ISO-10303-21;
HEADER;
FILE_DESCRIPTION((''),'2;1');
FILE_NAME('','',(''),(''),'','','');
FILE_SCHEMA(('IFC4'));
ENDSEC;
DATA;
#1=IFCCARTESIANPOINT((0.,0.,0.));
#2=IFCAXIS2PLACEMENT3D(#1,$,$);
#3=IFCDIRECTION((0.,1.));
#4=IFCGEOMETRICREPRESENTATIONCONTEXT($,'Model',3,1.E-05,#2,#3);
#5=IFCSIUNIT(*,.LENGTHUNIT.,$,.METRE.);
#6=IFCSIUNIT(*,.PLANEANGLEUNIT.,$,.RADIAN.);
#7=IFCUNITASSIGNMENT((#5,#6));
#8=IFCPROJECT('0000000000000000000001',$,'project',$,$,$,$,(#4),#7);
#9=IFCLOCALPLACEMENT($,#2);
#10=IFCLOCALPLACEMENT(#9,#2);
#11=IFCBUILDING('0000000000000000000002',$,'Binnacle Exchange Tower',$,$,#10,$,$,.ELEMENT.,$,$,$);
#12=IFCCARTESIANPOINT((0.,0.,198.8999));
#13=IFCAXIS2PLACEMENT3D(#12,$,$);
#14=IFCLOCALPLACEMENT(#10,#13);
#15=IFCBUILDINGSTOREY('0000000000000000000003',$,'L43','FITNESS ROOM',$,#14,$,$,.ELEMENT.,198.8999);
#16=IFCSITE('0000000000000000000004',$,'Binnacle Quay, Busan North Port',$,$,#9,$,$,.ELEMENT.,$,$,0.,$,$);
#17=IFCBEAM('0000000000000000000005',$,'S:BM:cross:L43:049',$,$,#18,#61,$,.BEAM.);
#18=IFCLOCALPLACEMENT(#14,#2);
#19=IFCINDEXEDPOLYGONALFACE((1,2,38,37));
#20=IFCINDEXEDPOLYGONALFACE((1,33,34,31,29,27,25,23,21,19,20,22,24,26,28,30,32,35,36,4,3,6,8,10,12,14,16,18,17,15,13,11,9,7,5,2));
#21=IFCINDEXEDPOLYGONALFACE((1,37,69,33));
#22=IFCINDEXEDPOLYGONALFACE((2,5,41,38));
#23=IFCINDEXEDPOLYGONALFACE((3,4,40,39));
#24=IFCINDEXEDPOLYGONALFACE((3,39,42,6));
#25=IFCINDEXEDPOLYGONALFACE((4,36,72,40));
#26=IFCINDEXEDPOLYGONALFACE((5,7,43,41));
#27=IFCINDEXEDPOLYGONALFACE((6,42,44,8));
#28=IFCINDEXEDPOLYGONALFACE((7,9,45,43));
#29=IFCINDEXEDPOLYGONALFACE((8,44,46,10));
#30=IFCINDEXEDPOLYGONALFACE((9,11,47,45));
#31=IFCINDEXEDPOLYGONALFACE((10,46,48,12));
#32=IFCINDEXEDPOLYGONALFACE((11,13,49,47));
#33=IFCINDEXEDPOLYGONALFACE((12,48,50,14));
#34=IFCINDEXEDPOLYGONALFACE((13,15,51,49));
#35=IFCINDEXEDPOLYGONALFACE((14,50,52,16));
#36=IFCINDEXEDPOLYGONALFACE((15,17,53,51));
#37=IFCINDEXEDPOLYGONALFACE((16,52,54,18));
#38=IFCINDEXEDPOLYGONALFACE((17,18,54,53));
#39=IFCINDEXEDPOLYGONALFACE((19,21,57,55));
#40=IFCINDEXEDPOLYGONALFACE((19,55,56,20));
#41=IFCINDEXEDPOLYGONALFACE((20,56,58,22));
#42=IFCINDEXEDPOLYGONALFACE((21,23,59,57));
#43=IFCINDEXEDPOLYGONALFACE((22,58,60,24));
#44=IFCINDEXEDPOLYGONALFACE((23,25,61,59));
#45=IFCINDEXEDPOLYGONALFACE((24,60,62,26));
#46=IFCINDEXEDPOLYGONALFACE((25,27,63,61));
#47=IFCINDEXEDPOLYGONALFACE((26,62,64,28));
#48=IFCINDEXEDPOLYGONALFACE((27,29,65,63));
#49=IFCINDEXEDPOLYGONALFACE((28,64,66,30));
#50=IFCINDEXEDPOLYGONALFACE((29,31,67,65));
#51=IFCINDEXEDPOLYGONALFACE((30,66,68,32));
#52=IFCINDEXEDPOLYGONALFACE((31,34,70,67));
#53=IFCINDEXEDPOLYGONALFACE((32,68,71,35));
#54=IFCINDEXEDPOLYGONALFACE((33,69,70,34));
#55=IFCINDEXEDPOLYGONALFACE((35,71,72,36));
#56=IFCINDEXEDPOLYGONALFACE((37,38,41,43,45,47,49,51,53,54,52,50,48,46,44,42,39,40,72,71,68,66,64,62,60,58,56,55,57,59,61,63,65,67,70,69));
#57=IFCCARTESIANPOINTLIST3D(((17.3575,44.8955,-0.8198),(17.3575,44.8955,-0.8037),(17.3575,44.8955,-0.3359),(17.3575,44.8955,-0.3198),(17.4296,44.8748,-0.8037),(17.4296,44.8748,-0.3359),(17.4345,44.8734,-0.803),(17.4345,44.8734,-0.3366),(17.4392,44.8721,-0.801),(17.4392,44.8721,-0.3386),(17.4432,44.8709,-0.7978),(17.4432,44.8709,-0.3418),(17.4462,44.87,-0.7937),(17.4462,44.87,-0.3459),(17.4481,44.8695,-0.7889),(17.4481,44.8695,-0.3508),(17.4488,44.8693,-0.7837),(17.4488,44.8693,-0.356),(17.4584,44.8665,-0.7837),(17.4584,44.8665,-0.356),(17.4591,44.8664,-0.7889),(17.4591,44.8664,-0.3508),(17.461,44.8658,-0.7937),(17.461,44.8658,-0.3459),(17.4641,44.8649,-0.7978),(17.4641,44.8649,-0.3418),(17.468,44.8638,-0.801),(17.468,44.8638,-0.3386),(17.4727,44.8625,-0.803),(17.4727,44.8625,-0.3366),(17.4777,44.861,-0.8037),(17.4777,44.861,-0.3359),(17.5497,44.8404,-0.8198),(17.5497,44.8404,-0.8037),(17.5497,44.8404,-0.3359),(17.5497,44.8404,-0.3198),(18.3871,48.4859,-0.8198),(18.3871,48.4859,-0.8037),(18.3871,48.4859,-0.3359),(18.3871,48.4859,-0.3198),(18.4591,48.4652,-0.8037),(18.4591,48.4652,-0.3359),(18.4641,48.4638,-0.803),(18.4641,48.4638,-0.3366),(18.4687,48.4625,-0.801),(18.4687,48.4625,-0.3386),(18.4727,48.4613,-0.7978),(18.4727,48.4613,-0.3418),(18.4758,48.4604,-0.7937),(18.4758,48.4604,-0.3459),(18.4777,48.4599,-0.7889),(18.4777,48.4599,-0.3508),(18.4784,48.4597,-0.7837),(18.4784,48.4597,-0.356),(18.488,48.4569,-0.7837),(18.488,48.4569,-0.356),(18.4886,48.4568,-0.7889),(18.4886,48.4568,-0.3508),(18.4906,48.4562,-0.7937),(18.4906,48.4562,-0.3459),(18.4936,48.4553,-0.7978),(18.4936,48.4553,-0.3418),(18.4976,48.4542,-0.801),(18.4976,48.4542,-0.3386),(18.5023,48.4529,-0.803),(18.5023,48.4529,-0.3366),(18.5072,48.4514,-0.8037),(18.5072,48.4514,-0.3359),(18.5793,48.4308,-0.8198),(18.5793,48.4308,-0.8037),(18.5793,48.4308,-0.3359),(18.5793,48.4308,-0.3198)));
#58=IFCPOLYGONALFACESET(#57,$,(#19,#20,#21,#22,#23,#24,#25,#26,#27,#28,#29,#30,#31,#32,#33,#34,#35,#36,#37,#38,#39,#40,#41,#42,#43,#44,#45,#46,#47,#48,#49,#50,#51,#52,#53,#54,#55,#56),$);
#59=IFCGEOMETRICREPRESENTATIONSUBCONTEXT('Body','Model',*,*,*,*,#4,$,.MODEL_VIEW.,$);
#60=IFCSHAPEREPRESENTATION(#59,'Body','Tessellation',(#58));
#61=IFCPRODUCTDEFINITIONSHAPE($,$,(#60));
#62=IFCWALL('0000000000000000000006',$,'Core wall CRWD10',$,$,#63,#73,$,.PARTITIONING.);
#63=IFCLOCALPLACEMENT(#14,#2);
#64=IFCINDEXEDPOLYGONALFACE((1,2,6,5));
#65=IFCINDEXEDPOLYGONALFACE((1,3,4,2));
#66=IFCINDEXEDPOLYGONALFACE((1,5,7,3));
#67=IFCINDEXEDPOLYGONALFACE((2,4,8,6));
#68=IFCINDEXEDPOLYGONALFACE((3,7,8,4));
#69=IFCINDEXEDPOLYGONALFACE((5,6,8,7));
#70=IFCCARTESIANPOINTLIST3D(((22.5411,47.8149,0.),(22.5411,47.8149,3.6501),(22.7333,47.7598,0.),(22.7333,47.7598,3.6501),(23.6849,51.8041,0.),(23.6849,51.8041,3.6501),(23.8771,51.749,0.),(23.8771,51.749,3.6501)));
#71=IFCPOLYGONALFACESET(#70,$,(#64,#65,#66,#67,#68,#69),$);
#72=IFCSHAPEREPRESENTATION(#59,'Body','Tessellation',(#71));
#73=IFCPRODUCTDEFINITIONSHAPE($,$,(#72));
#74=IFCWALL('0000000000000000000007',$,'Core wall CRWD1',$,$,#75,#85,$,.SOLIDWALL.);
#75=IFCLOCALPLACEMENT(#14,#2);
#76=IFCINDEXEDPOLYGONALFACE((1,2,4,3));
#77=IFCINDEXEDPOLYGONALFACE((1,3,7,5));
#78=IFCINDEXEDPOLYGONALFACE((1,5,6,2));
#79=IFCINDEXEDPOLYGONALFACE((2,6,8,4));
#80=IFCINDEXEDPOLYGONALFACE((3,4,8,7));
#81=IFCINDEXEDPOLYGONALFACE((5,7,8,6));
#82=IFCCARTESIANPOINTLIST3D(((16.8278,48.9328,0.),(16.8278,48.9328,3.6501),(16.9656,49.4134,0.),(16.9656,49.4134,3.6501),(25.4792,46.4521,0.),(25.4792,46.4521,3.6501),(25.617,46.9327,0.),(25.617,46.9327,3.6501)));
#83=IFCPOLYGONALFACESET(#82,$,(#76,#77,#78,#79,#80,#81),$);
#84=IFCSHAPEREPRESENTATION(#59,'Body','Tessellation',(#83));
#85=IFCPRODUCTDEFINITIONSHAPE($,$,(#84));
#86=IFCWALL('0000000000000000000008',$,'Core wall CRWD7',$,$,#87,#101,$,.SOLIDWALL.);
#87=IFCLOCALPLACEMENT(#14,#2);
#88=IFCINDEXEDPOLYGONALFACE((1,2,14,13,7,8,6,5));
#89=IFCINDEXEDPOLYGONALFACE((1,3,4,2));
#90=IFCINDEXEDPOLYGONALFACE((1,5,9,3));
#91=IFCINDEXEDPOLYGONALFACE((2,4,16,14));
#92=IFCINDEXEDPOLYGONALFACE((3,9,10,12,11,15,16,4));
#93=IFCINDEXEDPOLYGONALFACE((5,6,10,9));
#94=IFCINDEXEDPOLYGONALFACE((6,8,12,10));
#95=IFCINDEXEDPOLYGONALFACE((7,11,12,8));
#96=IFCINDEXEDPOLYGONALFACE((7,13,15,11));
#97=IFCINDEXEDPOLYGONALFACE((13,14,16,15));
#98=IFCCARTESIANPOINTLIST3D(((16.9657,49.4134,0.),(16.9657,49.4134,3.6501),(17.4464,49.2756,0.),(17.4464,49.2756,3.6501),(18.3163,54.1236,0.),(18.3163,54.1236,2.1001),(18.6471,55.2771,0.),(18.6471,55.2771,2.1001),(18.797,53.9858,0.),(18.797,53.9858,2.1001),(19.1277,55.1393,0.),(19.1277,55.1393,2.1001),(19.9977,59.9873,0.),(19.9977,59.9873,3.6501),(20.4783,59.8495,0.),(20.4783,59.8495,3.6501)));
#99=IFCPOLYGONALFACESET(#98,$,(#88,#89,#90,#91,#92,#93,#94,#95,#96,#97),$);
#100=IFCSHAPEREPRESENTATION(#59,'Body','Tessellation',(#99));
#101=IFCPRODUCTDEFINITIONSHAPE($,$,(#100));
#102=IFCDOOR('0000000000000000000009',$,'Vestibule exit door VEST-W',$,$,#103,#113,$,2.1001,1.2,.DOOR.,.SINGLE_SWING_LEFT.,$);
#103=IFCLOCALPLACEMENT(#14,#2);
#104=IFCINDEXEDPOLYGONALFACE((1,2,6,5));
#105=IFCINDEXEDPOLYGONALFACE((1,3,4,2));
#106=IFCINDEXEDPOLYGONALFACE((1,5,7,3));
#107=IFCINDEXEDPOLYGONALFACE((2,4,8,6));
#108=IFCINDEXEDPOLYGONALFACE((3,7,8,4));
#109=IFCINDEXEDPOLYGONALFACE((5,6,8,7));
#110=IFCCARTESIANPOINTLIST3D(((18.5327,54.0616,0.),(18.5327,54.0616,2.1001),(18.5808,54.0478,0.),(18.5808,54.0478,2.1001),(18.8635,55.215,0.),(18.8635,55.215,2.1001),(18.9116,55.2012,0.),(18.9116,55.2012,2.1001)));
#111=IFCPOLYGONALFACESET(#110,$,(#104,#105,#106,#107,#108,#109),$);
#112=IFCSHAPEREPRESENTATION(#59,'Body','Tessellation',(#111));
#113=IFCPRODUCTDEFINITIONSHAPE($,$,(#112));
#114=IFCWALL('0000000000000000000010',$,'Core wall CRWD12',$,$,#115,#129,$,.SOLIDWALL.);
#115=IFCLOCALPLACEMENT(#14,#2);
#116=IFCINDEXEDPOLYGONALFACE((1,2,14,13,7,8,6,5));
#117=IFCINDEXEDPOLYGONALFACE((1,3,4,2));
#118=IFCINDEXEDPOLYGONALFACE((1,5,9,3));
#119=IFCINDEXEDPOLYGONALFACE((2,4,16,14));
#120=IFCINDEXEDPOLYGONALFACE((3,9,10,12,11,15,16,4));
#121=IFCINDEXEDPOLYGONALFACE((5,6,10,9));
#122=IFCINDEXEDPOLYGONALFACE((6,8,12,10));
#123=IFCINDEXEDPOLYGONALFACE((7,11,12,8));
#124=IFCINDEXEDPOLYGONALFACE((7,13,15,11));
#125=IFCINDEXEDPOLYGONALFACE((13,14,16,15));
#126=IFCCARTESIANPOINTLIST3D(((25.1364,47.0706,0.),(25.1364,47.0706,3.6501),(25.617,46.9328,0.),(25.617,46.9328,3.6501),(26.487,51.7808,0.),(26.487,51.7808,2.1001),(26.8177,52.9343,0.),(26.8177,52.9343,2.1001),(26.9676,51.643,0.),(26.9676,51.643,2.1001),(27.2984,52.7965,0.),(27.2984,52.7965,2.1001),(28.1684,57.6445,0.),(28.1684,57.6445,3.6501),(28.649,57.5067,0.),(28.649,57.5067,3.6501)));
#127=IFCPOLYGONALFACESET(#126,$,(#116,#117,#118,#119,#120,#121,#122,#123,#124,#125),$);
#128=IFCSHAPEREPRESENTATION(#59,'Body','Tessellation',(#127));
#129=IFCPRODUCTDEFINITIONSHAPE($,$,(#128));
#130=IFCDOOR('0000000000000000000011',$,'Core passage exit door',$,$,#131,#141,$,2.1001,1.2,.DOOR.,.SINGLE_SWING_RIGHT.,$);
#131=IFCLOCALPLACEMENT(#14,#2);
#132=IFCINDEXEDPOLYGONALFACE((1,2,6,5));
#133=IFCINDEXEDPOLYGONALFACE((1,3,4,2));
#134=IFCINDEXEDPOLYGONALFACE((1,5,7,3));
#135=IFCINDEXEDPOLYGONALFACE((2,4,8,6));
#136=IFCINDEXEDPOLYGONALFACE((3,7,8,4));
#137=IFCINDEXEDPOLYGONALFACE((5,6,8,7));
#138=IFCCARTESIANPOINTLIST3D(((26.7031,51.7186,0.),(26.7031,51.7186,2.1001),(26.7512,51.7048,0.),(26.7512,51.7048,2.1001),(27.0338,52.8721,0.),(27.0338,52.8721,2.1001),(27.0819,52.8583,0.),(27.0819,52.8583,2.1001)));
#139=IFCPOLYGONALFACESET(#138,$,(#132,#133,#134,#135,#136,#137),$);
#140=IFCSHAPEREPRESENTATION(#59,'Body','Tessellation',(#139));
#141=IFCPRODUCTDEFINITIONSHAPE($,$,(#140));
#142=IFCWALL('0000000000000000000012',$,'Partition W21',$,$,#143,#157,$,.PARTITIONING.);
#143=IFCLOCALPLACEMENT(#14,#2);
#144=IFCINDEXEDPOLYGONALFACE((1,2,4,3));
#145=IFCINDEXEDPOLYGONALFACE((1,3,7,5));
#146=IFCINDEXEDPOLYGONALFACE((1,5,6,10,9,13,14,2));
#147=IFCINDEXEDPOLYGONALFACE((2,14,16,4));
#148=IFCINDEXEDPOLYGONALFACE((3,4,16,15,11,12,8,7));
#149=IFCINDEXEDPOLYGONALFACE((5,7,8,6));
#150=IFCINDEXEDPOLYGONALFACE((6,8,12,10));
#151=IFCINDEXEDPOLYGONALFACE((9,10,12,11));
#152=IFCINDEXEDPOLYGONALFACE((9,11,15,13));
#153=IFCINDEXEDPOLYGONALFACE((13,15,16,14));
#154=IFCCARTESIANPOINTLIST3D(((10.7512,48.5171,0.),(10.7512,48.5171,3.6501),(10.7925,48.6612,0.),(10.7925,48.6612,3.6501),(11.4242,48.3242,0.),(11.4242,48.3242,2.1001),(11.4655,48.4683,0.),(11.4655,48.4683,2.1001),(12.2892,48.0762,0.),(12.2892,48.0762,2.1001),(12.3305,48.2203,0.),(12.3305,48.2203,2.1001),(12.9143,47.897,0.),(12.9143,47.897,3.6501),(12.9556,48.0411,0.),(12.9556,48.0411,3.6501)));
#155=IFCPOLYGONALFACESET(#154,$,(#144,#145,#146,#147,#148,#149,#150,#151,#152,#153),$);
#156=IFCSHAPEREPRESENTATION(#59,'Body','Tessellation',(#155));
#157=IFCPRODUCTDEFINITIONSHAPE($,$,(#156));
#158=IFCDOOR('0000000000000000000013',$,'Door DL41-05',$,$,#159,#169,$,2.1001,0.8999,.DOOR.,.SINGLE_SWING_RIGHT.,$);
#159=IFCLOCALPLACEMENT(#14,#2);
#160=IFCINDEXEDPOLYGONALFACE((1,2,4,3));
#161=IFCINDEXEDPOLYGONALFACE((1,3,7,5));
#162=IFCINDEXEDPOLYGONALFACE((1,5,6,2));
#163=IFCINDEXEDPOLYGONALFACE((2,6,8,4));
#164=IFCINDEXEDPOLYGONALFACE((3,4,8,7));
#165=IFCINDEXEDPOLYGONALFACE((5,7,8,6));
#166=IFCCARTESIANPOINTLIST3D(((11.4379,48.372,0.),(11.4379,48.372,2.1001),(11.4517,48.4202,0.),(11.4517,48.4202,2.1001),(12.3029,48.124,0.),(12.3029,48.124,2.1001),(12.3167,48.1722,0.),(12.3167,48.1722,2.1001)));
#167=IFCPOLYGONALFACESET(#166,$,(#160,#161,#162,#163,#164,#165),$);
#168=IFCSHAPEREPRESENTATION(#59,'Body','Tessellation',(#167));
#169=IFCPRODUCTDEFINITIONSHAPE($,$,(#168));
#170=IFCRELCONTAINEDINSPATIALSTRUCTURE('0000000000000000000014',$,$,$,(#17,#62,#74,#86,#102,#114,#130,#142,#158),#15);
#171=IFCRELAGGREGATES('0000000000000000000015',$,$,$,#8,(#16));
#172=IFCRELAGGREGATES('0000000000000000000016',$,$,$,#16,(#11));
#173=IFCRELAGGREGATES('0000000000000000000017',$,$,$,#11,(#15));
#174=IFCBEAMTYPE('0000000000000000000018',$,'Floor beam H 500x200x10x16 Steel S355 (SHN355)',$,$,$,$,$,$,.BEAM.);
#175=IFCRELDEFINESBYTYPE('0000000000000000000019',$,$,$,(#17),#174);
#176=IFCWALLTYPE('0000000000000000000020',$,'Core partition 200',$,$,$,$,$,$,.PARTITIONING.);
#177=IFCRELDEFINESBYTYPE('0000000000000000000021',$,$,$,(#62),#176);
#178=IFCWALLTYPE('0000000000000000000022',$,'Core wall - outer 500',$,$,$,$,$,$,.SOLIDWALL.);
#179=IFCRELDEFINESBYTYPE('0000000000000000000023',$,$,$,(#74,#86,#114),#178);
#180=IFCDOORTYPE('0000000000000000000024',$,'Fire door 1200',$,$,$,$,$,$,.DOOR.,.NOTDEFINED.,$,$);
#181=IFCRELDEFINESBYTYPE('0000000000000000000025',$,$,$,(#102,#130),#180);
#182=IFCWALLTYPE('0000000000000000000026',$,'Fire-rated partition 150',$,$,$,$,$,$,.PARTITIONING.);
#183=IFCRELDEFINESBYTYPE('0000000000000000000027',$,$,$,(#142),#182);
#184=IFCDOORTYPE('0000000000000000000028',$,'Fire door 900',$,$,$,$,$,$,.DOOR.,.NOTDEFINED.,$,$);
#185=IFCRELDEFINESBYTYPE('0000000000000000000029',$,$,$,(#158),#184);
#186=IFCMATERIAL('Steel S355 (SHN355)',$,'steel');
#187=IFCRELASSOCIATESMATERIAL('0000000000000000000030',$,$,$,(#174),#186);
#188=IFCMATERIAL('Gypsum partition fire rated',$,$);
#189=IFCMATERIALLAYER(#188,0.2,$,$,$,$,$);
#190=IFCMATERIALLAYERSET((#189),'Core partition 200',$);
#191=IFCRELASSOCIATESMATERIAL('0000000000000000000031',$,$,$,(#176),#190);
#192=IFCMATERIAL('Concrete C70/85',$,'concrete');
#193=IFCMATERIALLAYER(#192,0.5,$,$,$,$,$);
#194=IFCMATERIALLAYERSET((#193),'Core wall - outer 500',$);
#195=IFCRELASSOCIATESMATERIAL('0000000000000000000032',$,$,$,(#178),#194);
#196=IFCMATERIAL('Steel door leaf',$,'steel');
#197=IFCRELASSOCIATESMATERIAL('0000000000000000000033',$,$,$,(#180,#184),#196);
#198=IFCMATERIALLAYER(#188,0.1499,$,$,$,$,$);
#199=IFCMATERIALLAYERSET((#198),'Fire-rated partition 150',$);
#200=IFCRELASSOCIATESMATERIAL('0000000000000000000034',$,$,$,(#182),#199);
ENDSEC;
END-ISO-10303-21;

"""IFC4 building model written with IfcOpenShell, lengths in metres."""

from ifc_helpers import new_model, si_unit, direction, frame, frame_2d, origin, origin_2d, place, context, subcontext, project, spatial, rectangle, i_section, extrude, material, layer, layer_set, material_profile, profile_set, type_object, element, fill, save


model = new_model("IFC4")

# Units and contexts
model_context = context("Model", 3, precision=1e-05, world=origin(), true_north=direction((0.0, 1.0)))
body_context = subcontext(model_context, "Body", "Model", "MODEL_VIEW")
ifc_project = project(units=[si_unit("LENGTHUNIT", "METRE"), si_unit("PLANEANGLEUNIT", "RADIAN")], contexts=[model_context])

# Site, building, storey
site_placement = place(None, origin())
site = spatial("IfcSite", under=ifc_project, at=site_placement, Name="Binnacle Quay, Busan North Port", CompositionType="ELEMENT", RefElevation=0.0)
building_placement = place(site_placement, origin())
building = spatial("IfcBuilding", under=site, at=building_placement, Name="Binnacle Exchange Tower", CompositionType="ELEMENT")
storey_placement = place(building_placement, frame((0.0, 0.0, 198.8999)))
storey = spatial("IfcBuildingStorey", under=building, at=storey_placement, Name="L43", Description="FITNESS ROOM", CompositionType="ELEMENT", Elevation=198.8999)

# Beam
ifc_material_1 = material(Name="Steel S355 (SHN355)", Category="steel")
ifc_material_profile = material_profile(ifc_material_1, i_section(OverallWidth=0.2, OverallDepth=0.5, WebThickness=0.01, FlangeThickness=0.0161, FilletRadius=0.02, at=origin_2d()), Name="H 500x200x10x16")
ifc_profile_set = profile_set([ifc_material_profile], Name="Steel S355 (SHN355)")
beam_type = type_object("IfcBeamType", Name="Floor beam H 500x200x10x16 Steel S355 (SHN355)", PredefinedType="BEAM", material=ifc_profile_set)
beam_placement = place(storey_placement, frame((17.4536, 44.8679, -0.5698), z_axis=(0.275645, 0.96126, 0.0), x_axis=(-0.96126, 0.275645, 0.0)))
element("IfcBeam", 1, at=beam_placement, inside=storey, type_object=beam_type, Name="S:BM:cross:L43:049", PredefinedType="BEAM", context=body_context, shape_type="SweptSolid", body=[
    extrude(i_section(OverallWidth=0.2, OverallDepth=0.5, WebThickness=0.01, FlangeThickness=0.0161, FilletRadius=0.02, at=origin_2d()), origin(), (0.0, 0.0, 1.0), 3.7351),
])

# Walls
ifc_material_2 = material(Name="Gypsum partition fire rated")
ifc_layer_1 = layer(ifc_material_2, 0.2)
ifc_layer_set_1 = layer_set([ifc_layer_1], Name="Core partition 200")
wall_type_1 = type_object("IfcWallType", Name="Core partition 200", PredefinedType="PARTITIONING", material=ifc_layer_set_1)
wall_1_placement = place(storey_placement, frame((22.6372, 47.7874, 0.0), z_axis=(0.0, 0.0, 1.0), x_axis=(0.275615, 0.961268, 0.0)))
element("IfcWall", 2, at=wall_1_placement, inside=storey, type_object=wall_type_1, Name="Core wall CRWD10", PredefinedType="PARTITIONING", context=body_context, shape_type="SweptSolid", body=[
    extrude(rectangle(XDim=4.1499, YDim=0.2, at=frame_2d((2.075, 0.0))), origin(), (0.0, 0.0, 1.0), 3.6501),
])
ifc_material_3 = material(Name="Concrete C70/85", Category="concrete")
ifc_layer_2 = layer(ifc_material_3, 0.5)
ifc_layer_set_2 = layer_set([ifc_layer_2], Name="Core wall - outer 500")
wall_type_2 = type_object("IfcWallType", Name="Core wall - outer 500", PredefinedType="SOLIDWALL", material=ifc_layer_set_2)
wall_2_placement = place(storey_placement, frame((16.8967, 49.1731, 0.0), z_axis=(0.0, 0.0, 1.0), x_axis=(0.961262, -0.275635, 0.0)))
element("IfcWall", 3, at=wall_2_placement, inside=storey, type_object=wall_type_2, Name="Core wall CRWD1", PredefinedType="SOLIDWALL", context=body_context, shape_type="SweptSolid", body=[
    extrude(rectangle(XDim=9.0, YDim=0.5, at=frame_2d((4.5, 0.0))), origin(), (0.0, 0.0, 1.0), 3.6501),
])

# Walls, openings, doors
wall_3_placement = place(storey_placement, frame((17.2061, 49.3445, 0.0), z_axis=(0.0, 0.0, 1.0), x_axis=(0.275633, 0.961263, 0.0)))
wall_3 = element("IfcWall", 4, at=wall_3_placement, inside=storey, type_object=wall_type_2, Name="Core wall CRWD7", PredefinedType="SOLIDWALL", context=body_context, shape_type="SweptSolid", body=[
    extrude(rectangle(XDim=11.0, YDim=0.5, at=frame_2d((5.5, 0.0))), origin(), (0.0, 0.0, 1.0), 3.6501),
])
opening_1_placement = place(wall_3_placement, frame((4.8999, 0.0, 0.0)))
opening_1 = element("IfcOpeningElement", 5, at=opening_1_placement, cuts=wall_3, PredefinedType="OPENING", context=body_context, shape_type="SweptSolid", body=[
    extrude(rectangle(XDim=1.2, YDim=2.1001, at=frame_2d((0.6001, 1.05))), frame((0.0, 0.26, 0.0), z_axis=(0.0, -1.0, 0.0), x_axis=(1.0, 0.0, 0.0)), (0.0, 0.0, 1.0), 0.52),
])
ifc_material_4 = material(Name="Steel door leaf", Category="steel")
door_type_1 = type_object("IfcDoorType", Name="Fire door 1200", OperationType="NOTDEFINED", PredefinedType="DOOR", material=ifc_material_4)
door_1_placement = place(opening_1_placement, origin())
door_1 = element("IfcDoor", 6, at=door_1_placement, inside=storey, type_object=door_type_1, Name="Vestibule exit door VEST-W", OperationType="SINGLE_SWING_LEFT", OverallHeight=2.1001, OverallWidth=1.2, PredefinedType="DOOR", context=body_context, shape_type="SweptSolid", body=[
    extrude(rectangle(XDim=1.2, YDim=2.1001, at=frame_2d((0.6001, 1.05))), frame((0.0, 0.0249, 0.0), z_axis=(0.0, -1.0, 0.0), x_axis=(1.0, 0.0, 0.0)), (0.0, 0.0, 1.0), 0.05),
])
fill(opening_1, door_1)
wall_4_placement = place(storey_placement, frame((25.3767, 47.0017, 0.0), z_axis=(0.0, 0.0, 1.0), x_axis=(0.275633, 0.961263, 0.0)))
wall_4 = element("IfcWall", 7, at=wall_4_placement, inside=storey, type_object=wall_type_2, Name="Core wall CRWD12", PredefinedType="SOLIDWALL", context=body_context, shape_type="SweptSolid", body=[
    extrude(rectangle(XDim=11.0, YDim=0.5, at=frame_2d((5.5, 0.0))), origin(), (0.0, 0.0, 1.0), 3.6501),
])
opening_2_placement = place(wall_4_placement, frame((4.8999, 0.0, 0.0)))
opening_2 = element("IfcOpeningElement", 8, at=opening_2_placement, cuts=wall_4, PredefinedType="OPENING", context=body_context, shape_type="SweptSolid", body=[
    extrude(rectangle(XDim=1.2, YDim=2.1001, at=frame_2d((0.6001, 1.05))), frame((0.0, 0.26, 0.0), z_axis=(0.0, -1.0, 0.0), x_axis=(1.0, 0.0, 0.0)), (0.0, 0.0, 1.0), 0.52),
])
door_2_placement = place(opening_2_placement, frame((1.2, 0.0, 0.0), z_axis=(0.0, 0.0, 1.0), x_axis=(-1.0, 0.0, 0.0)))
door_2 = element("IfcDoor", 9, at=door_2_placement, inside=storey, type_object=door_type_1, Name="Core passage exit door", OperationType="SINGLE_SWING_RIGHT", OverallHeight=2.1001, OverallWidth=1.2, PredefinedType="DOOR", context=body_context, shape_type="SweptSolid", body=[
    extrude(rectangle(XDim=1.2, YDim=2.1001, at=frame_2d((0.6001, 1.05))), frame((0.0, 0.0249, 0.0), z_axis=(0.0, -1.0, 0.0), x_axis=(1.0, 0.0, 0.0)), (0.0, 0.0, 1.0), 0.05),
])
fill(opening_2, door_2)
ifc_layer_3 = layer(ifc_material_2, 0.1499)
ifc_layer_set_3 = layer_set([ifc_layer_3], Name="Fire-rated partition 150")
wall_type_3 = type_object("IfcWallType", Name="Fire-rated partition 150", PredefinedType="PARTITIONING", material=ifc_layer_set_3)
wall_5_placement = place(storey_placement, frame((10.772, 48.5891, 0.0), z_axis=(0.0, 0.0, 1.0), x_axis=(0.961278, -0.275581, 0.0)))
wall_5 = element("IfcWall", 10, at=wall_5_placement, inside=storey, type_object=wall_type_3, Name="Partition W21", PredefinedType="PARTITIONING", context=body_context, shape_type="SweptSolid", body=[
    extrude(rectangle(XDim=2.2502, YDim=0.1499, at=frame_2d((1.125, 0.0))), origin(), (0.0, 0.0, 1.0), 3.6501),
])
opening_3_placement = place(wall_5_placement, frame((0.7, 0.0, 0.0)))
opening_3 = element("IfcOpeningElement", 11, at=opening_3_placement, cuts=wall_5, PredefinedType="OPENING", context=body_context, shape_type="SweptSolid", body=[
    extrude(rectangle(XDim=0.8999, YDim=2.1001, at=frame_2d((0.45, 1.05))), frame((0.0, 0.085, 0.0), z_axis=(0.0, -1.0, 0.0), x_axis=(1.0, 0.0, 0.0)), (0.0, 0.0, 1.0), 0.1699),
])
door_type_2 = type_object("IfcDoorType", Name="Fire door 900", OperationType="NOTDEFINED", PredefinedType="DOOR", material=ifc_material_4)
door_3_placement = place(opening_3_placement, origin())
door_3 = element("IfcDoor", 12, at=door_3_placement, inside=storey, type_object=door_type_2, Name="Door DL41-05", OperationType="SINGLE_SWING_RIGHT", OverallHeight=2.1001, OverallWidth=0.8999, PredefinedType="DOOR", context=body_context, shape_type="SweptSolid", body=[
    extrude(rectangle(XDim=0.8999, YDim=2.1001, at=frame_2d((0.45, 1.05))), frame((0.0, 0.0249, 0.0), z_axis=(0.0, -1.0, 0.0), x_axis=(1.0, 0.0, 0.0)), (0.0, 0.0, 1.0), 0.05),
])
fill(opening_3, door_3)

save(model, "model.ifc")
